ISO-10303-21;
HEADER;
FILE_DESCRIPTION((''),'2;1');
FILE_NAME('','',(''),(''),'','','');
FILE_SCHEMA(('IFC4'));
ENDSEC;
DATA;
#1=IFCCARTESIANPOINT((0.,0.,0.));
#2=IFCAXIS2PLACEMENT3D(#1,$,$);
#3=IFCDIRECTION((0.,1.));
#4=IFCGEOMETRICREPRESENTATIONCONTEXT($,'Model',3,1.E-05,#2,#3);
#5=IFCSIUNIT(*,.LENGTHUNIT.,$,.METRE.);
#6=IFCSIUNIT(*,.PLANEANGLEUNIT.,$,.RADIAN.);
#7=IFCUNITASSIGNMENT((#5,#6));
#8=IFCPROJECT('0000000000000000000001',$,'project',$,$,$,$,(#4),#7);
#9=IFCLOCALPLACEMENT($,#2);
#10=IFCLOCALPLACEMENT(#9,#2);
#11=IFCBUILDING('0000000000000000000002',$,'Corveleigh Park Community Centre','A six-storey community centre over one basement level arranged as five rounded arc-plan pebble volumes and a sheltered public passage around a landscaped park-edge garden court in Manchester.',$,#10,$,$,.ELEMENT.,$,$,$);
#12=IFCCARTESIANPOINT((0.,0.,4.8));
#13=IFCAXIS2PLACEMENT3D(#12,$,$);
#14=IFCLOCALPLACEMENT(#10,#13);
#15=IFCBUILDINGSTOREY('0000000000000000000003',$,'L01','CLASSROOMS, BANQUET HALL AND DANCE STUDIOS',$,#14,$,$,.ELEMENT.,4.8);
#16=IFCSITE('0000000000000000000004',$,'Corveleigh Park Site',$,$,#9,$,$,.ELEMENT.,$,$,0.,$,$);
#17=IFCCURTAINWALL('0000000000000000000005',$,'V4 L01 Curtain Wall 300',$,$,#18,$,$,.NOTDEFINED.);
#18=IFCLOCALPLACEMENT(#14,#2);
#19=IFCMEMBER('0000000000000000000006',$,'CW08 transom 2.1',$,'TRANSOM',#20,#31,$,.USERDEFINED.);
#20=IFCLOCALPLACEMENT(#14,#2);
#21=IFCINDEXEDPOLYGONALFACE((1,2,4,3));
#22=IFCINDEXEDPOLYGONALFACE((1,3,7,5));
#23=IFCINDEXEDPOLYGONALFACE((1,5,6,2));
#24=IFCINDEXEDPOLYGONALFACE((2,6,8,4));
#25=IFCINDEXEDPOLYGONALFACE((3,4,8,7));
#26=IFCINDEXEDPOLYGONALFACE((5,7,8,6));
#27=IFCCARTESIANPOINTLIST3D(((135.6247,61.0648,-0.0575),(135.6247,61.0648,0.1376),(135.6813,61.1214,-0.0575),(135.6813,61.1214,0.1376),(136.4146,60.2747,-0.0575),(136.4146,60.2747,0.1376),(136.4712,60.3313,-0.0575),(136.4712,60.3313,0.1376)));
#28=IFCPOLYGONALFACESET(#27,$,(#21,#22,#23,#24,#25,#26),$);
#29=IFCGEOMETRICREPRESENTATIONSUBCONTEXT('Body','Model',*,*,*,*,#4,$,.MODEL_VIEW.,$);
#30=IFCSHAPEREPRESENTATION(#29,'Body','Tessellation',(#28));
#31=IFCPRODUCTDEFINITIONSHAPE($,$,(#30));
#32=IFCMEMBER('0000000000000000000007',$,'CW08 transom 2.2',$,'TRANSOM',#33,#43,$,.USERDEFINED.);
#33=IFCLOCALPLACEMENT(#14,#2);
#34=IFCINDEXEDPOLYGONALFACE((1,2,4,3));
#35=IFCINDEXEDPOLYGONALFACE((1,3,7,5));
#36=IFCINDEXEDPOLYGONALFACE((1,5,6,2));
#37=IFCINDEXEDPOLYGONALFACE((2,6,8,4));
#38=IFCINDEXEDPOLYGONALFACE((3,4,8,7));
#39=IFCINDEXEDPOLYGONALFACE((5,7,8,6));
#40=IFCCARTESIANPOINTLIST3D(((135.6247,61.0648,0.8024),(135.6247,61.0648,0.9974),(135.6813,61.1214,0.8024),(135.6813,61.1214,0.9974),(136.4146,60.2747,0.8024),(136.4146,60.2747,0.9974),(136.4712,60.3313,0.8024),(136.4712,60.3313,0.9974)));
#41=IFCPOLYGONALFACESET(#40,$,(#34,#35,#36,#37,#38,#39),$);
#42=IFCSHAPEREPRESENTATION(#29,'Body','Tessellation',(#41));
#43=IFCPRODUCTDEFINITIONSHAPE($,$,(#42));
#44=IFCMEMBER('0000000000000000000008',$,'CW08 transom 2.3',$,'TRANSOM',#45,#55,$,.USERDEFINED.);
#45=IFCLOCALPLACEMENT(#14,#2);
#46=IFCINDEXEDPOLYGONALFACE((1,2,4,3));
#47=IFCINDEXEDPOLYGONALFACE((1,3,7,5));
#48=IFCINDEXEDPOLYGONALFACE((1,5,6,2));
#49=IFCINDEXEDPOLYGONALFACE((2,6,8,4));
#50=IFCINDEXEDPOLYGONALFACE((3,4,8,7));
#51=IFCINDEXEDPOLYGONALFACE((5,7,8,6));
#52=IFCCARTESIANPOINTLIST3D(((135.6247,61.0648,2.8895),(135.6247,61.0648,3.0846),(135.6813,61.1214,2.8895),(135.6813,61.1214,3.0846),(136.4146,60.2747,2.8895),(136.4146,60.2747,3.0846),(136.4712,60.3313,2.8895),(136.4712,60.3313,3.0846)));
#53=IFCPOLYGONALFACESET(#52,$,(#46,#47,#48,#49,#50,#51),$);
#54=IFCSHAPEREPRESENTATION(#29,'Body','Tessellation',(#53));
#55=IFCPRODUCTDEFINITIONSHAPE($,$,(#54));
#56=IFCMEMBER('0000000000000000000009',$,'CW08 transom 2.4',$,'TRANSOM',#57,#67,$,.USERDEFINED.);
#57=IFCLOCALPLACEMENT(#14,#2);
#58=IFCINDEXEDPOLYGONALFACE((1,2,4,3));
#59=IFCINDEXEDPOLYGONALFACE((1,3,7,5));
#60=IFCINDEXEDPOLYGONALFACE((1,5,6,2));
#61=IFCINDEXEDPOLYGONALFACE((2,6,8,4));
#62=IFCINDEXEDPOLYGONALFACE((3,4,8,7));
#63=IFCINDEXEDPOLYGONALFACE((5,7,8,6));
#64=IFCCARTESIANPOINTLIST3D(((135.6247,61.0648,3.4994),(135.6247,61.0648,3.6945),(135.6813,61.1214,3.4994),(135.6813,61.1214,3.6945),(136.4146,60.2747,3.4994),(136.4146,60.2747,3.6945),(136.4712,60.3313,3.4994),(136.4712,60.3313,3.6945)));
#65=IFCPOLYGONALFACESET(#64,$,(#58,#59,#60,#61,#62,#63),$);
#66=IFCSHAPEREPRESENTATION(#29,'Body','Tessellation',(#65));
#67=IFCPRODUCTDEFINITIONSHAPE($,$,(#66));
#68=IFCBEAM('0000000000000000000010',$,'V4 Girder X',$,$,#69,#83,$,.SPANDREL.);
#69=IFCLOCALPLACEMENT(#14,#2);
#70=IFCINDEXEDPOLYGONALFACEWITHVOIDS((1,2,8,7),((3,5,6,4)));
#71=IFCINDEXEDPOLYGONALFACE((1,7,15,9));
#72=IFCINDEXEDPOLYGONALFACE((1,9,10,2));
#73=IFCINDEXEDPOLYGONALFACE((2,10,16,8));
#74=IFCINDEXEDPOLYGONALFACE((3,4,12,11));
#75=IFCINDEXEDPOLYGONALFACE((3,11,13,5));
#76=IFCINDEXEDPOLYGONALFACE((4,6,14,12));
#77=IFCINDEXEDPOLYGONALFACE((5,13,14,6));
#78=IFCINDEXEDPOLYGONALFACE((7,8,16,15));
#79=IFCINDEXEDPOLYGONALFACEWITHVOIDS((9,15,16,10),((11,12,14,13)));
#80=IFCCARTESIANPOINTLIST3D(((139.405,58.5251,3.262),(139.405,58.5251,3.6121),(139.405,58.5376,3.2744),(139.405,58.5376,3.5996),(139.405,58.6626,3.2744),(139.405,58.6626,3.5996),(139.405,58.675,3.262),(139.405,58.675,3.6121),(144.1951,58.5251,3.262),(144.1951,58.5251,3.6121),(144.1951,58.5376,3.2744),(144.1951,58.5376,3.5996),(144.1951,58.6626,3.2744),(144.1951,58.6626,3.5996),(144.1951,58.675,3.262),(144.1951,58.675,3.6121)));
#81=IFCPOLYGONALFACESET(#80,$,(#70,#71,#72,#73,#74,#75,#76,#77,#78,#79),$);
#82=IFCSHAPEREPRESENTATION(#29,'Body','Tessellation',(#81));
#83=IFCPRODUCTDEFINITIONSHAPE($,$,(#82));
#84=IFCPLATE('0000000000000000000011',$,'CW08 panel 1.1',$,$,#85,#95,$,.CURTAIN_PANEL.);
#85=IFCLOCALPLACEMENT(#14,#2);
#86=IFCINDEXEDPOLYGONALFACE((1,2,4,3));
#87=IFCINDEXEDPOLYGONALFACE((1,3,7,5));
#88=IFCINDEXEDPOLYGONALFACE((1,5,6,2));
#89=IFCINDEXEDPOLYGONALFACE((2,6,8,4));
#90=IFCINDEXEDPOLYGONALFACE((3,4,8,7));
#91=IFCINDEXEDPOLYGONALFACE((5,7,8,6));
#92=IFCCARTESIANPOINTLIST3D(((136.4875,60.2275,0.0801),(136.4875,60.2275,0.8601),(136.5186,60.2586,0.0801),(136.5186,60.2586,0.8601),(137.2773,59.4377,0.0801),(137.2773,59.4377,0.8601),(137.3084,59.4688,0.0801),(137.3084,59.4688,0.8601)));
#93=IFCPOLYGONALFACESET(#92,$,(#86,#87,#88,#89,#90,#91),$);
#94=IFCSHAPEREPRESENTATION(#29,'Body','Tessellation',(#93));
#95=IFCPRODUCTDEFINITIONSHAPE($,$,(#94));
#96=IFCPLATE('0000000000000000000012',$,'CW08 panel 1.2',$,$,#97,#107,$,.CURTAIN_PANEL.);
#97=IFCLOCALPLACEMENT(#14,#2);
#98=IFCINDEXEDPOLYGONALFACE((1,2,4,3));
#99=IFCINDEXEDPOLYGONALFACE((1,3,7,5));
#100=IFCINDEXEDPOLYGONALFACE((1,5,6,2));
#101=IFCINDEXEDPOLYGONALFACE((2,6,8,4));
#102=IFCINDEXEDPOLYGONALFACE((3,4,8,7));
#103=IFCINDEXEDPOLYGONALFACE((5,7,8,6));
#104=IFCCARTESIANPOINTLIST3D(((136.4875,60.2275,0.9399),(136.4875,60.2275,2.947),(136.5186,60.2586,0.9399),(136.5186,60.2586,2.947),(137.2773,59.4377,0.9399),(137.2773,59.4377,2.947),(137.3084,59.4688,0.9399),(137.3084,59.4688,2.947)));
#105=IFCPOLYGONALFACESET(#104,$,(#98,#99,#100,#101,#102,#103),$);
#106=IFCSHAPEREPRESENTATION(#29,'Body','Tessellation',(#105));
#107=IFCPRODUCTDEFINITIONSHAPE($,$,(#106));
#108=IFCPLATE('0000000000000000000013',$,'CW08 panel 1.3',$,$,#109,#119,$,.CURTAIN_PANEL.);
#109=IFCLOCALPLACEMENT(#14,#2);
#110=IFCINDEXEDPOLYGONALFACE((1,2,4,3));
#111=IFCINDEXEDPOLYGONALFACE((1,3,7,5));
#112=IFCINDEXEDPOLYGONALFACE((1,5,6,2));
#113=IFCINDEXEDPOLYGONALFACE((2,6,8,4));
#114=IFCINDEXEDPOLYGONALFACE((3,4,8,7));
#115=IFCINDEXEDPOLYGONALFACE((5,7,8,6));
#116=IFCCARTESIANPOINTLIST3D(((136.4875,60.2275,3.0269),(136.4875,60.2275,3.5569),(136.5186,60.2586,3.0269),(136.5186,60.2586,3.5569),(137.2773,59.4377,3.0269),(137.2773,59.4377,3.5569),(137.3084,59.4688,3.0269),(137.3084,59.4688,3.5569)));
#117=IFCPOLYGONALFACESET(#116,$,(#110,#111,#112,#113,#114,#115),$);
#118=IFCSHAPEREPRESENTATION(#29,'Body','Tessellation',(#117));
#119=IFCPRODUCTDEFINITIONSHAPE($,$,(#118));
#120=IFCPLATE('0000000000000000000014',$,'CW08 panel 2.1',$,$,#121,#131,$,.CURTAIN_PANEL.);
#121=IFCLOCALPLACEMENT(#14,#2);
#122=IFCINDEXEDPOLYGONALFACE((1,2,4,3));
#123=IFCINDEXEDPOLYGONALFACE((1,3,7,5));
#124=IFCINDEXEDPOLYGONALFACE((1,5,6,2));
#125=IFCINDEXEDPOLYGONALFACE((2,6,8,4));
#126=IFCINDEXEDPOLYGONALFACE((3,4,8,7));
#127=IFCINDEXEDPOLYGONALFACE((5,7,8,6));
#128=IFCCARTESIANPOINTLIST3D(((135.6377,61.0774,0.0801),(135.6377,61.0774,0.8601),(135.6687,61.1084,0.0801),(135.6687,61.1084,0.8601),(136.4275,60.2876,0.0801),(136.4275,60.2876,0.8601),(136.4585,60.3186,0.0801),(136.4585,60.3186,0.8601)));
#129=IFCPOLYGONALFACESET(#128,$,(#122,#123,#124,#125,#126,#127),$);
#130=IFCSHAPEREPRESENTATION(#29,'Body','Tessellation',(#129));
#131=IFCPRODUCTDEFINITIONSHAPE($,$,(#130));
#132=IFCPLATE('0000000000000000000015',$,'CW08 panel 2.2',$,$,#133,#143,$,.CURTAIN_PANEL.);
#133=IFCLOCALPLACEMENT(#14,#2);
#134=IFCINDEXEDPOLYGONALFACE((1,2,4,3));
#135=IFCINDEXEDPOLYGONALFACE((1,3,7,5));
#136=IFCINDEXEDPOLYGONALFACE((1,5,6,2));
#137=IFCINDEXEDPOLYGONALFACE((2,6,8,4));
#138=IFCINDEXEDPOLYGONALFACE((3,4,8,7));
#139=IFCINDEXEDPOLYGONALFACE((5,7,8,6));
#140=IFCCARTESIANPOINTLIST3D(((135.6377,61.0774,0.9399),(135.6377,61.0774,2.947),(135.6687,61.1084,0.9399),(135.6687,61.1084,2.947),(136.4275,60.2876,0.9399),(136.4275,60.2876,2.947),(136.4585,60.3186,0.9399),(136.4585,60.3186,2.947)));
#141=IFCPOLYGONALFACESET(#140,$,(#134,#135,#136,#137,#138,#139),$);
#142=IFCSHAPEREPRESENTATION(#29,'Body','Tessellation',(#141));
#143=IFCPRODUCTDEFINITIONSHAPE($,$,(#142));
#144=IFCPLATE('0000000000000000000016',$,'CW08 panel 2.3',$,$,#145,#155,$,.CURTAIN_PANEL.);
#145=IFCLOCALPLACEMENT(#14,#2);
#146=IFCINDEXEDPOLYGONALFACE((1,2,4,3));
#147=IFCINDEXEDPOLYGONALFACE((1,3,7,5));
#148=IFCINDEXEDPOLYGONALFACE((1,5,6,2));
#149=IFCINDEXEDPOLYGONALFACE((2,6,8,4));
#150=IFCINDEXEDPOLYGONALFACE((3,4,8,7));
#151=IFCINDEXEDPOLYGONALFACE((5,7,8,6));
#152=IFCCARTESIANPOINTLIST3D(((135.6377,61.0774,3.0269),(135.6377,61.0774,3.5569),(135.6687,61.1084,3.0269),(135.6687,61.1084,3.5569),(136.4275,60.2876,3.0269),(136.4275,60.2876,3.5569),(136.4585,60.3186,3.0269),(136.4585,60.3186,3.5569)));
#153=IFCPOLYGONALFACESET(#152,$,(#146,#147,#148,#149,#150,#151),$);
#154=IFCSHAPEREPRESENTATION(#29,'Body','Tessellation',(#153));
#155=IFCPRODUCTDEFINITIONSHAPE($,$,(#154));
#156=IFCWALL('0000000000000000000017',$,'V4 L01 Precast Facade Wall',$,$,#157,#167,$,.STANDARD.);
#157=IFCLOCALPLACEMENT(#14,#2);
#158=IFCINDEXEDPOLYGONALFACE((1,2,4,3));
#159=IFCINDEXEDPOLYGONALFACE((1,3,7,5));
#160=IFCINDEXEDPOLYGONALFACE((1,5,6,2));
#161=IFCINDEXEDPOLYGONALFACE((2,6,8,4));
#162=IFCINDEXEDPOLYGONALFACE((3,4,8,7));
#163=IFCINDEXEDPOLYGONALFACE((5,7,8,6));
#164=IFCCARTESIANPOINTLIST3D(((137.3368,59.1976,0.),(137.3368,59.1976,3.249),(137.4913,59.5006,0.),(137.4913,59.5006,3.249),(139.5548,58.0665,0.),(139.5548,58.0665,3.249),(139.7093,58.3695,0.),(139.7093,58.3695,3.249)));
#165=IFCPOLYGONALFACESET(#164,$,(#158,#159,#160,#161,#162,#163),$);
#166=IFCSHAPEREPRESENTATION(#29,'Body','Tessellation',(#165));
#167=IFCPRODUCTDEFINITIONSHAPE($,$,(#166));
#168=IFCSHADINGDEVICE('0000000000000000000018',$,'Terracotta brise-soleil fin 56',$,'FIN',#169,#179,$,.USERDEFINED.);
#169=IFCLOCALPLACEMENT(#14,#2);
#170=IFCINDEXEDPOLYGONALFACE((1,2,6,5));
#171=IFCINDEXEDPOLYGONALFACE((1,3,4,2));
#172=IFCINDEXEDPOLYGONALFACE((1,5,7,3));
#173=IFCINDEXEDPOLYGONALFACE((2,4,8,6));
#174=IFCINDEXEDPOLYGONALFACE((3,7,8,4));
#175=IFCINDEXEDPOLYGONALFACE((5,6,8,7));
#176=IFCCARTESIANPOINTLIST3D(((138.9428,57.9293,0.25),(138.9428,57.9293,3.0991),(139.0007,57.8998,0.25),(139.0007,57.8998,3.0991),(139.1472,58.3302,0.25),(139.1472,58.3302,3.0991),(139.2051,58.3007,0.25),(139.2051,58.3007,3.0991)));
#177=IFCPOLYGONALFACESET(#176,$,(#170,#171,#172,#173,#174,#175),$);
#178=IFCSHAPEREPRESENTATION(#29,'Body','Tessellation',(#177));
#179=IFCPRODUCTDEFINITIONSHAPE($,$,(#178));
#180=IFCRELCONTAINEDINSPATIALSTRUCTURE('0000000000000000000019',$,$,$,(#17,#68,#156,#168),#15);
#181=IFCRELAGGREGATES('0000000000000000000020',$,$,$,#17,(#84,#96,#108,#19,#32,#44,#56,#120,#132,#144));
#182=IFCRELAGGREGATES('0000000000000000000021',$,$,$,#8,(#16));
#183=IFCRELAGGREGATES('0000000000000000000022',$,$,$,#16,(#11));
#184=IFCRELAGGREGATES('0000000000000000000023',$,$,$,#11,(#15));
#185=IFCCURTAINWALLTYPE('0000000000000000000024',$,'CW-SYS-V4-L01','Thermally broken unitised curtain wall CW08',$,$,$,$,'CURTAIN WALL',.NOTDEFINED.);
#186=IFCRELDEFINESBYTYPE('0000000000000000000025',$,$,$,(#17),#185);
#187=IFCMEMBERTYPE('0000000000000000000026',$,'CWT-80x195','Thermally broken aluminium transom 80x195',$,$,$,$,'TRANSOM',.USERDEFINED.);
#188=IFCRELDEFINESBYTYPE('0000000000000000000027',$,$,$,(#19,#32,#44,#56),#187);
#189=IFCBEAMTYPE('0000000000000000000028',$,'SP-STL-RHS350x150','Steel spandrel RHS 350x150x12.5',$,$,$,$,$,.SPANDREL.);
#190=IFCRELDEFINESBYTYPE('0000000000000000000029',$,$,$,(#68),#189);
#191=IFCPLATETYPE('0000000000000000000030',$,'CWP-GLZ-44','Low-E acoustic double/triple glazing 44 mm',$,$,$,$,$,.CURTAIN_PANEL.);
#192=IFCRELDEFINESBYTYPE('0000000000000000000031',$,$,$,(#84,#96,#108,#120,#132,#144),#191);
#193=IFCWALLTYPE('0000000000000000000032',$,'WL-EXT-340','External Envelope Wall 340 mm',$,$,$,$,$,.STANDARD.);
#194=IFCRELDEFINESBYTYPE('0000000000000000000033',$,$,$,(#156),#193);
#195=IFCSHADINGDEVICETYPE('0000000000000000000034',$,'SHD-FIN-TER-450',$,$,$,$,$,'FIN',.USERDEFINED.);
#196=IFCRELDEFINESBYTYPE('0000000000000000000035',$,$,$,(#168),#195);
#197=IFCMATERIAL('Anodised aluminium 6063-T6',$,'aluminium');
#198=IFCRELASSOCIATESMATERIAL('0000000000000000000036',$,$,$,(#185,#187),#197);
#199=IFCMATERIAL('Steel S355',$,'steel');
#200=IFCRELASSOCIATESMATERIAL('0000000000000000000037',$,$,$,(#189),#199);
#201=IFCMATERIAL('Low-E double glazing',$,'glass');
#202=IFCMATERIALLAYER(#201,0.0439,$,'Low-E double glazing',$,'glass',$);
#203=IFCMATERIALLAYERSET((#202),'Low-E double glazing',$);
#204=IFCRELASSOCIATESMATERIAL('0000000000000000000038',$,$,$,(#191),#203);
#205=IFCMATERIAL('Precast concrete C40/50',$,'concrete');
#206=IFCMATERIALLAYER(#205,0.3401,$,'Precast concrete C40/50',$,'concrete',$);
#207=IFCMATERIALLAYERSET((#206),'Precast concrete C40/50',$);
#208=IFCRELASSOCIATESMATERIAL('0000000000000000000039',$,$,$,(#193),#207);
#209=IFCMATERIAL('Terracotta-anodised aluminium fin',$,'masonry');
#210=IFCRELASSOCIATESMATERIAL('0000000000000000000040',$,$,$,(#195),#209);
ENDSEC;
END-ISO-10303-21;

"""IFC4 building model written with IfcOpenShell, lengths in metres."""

from ifc_helpers import new_model, si_unit, direction, frame, frame_2d, origin, origin_2d, place, context, subcontext, project, spatial, rectangle, hollow_rectangle, extrude, material, layer, layer_set, material_profile, profile_set, type_object, element, aggregate, save


model = new_model("IFC4")

# Units and contexts
model_context = context("Model", 3, precision=1e-05, world=origin(), true_north=direction((0.0, 1.0)))
body_context = subcontext(model_context, "Body", "Model", "MODEL_VIEW")
ifc_project = project(units=[si_unit("LENGTHUNIT", "METRE"), si_unit("PLANEANGLEUNIT", "RADIAN")], contexts=[model_context])

# Site, building, storey
site_placement = place(None, origin())
site = spatial("IfcSite", under=ifc_project, at=site_placement, Name="Corveleigh Park Site", CompositionType="ELEMENT", RefElevation=0.0)
building_placement = place(site_placement, origin())
building = spatial("IfcBuilding", under=site, at=building_placement, Name="Corveleigh Park Community Centre", Description="A six-storey community centre over one basement level arranged as five rounded arc-plan pebble volumes and a sheltered public passage around a landscaped park-edge garden court in Manchester.", CompositionType="ELEMENT")
storey_placement = place(building_placement, frame((0.0, 0.0, 4.8)))
storey = spatial("IfcBuildingStorey", under=building, at=storey_placement, Name="L01", Description="CLASSROOMS, BANQUET HALL AND DANCE STUDIOS", CompositionType="ELEMENT", Elevation=4.8)

# Shared definitions
ifc_material_1 = material(Name="Steel S355", Category="steel")

# Curtain wall, members
ifc_material_2 = material(Name="Anodised aluminium 6063-T6", Category="aluminium")
curtain_wall_type = type_object("IfcCurtainWallType", Name="CW-SYS-V4-L01", Description="Thermally broken unitised curtain wall CW08", ElementType="CURTAIN WALL", PredefinedType="NOTDEFINED", material=ifc_material_2)
curtain_wall_placement = place(storey_placement, origin())
curtain_wall = element("IfcCurtainWall", 1, at=curtain_wall_placement, inside=storey, type_object=curtain_wall_type, Name="V4 L01 Curtain Wall 300", PredefinedType="NOTDEFINED")
ifc_material_profile_1 = material_profile(ifc_material_2, rectangle(XDim=0.0801, YDim=0.1951, at=origin_2d()), Name="ALU-T80x195", Category="aluminium")
ifc_profile_set_1 = profile_set([ifc_material_profile_1], Name="Anodised aluminium 6063-T6")
member_type_1 = type_object("IfcMemberType", Name="CWT-80x195", Description="Thermally broken aluminium transom 80x195", ElementType="TRANSOM", PredefinedType="USERDEFINED", material=ifc_profile_set_1)
member_1_placement = place(storey_placement, frame((136.4429, 60.303, 0.04), z_axis=(-0.706997, 0.707216, 0.0), x_axis=(-0.707216, -0.706997, 0.0)))
member_1 = element("IfcMember", 2, at=member_1_placement, type_object=member_type_1, Name="CW08 transom 2.1", ObjectType="TRANSOM", PredefinedType="USERDEFINED", context=body_context, shape_type="SweptSolid", body=[
    extrude(rectangle(XDim=0.0801, YDim=0.1951, at=origin_2d()), origin(), (0.0, 0.0, 1.0), 1.1172),
])
member_2_placement = place(storey_placement, frame((136.4429, 60.303, 0.8999), z_axis=(-0.706997, 0.707216, 0.0), x_axis=(-0.707216, -0.706997, 0.0)))
member_2 = element("IfcMember", 3, at=member_2_placement, type_object=member_type_1, Name="CW08 transom 2.2", ObjectType="TRANSOM", PredefinedType="USERDEFINED", context=body_context, shape_type="SweptSolid", body=[
    extrude(rectangle(XDim=0.0801, YDim=0.1951, at=origin_2d()), origin(), (0.0, 0.0, 1.0), 1.1172),
])
member_3_placement = place(storey_placement, frame((136.4429, 60.303, 2.9871), z_axis=(-0.706997, 0.707216, 0.0), x_axis=(-0.707216, -0.706997, 0.0)))
member_3 = element("IfcMember", 4, at=member_3_placement, type_object=member_type_1, Name="CW08 transom 2.3", ObjectType="TRANSOM", PredefinedType="USERDEFINED", context=body_context, shape_type="SweptSolid", body=[
    extrude(rectangle(XDim=0.0801, YDim=0.1951, at=origin_2d()), origin(), (0.0, 0.0, 1.0), 1.1172),
])
member_4_placement = place(storey_placement, frame((136.4429, 60.303, 3.5969), z_axis=(-0.706997, 0.707216, 0.0), x_axis=(-0.707216, -0.706997, 0.0)))
member_4 = element("IfcMember", 5, at=member_4_placement, type_object=member_type_1, Name="CW08 transom 2.4", ObjectType="TRANSOM", PredefinedType="USERDEFINED", context=body_context, shape_type="SweptSolid", body=[
    extrude(rectangle(XDim=0.0801, YDim=0.1951, at=origin_2d()), origin(), (0.0, 0.0, 1.0), 1.1172),
])

# Beam
ifc_material_profile_2 = material_profile(ifc_material_1, hollow_rectangle(XDim=0.1499, YDim=0.3501, WallThickness=0.0125, at=origin_2d()), Name="RHS 350x150x12.5", Category="steel")
ifc_profile_set_2 = profile_set([ifc_material_profile_2], Name="Steel S355")
beam_type_1 = type_object("IfcBeamType", Name="SP-STL-RHS350x150", Description="Steel spandrel RHS 350x150x12.5", PredefinedType="SPANDREL", material=ifc_profile_set_2)
beam_1_placement = place(storey_placement, frame((139.405, 58.6001, 3.437), z_axis=(1.0, 0.0, 0.0), x_axis=(0.0, 1.0, 0.0)))
element("IfcBeam", 6, at=beam_1_placement, inside=storey, type_object=beam_type_1, Name="V4 Girder X", PredefinedType="SPANDREL", context=body_context, shape_type="SweptSolid", body=[
    extrude(hollow_rectangle(XDim=0.1499, YDim=0.3501, WallThickness=0.0125, at=origin_2d()), origin(), (0.0, 0.0, 1.0), 4.79),
])

# Plates
ifc_material_3 = material(Name="Low-E double glazing", Category="glass")
ifc_layer_1 = layer(ifc_material_3, 0.0439, Name="Low-E double glazing", Category="glass")
ifc_layer_set_1 = layer_set([ifc_layer_1], Name="Low-E double glazing")
plate_type = type_object("IfcPlateType", Name="CWP-GLZ-44", Description="Low-E acoustic double/triple glazing 44 mm", PredefinedType="CURTAIN_PANEL", material=ifc_layer_set_1)
plate_1_placement = place(storey_placement, frame((136.8979, 59.8481, 0.0801), z_axis=(0.0, 0.0, 1.0), x_axis=(-0.707107, 0.707107, 0.0)))
plate_1 = element("IfcPlate", 7, at=plate_1_placement, type_object=plate_type, Name="CW08 panel 1.1", PredefinedType="CURTAIN_PANEL", context=body_context, shape_type="SweptSolid", body=[
    extrude(rectangle(XDim=1.1169, YDim=0.0439, at=origin_2d()), origin(), (0.0, 0.0, 1.0), 0.78),
])
plate_2_placement = place(storey_placement, frame((136.8979, 59.8481, 0.9399), z_axis=(0.0, 0.0, 1.0), x_axis=(-0.707107, 0.707107, 0.0)))
plate_2 = element("IfcPlate", 8, at=plate_2_placement, type_object=plate_type, Name="CW08 panel 1.2", PredefinedType="CURTAIN_PANEL", context=body_context, shape_type="SweptSolid", body=[
    extrude(rectangle(XDim=1.1169, YDim=0.0439, at=origin_2d()), origin(), (0.0, 0.0, 1.0), 2.0071),
])
plate_3_placement = place(storey_placement, frame((136.8979, 59.8481, 3.0269), z_axis=(0.0, 0.0, 1.0), x_axis=(-0.707107, 0.707107, 0.0)))
plate_3 = element("IfcPlate", 9, at=plate_3_placement, type_object=plate_type, Name="CW08 panel 1.3", PredefinedType="CURTAIN_PANEL", context=body_context, shape_type="SweptSolid", body=[
    extrude(rectangle(XDim=1.1169, YDim=0.0439, at=origin_2d()), origin(), (0.0, 0.0, 1.0), 0.53),
])
plate_4_placement = place(storey_placement, frame((136.0481, 60.698, 0.0801), z_axis=(0.0, 0.0, 1.0), x_axis=(-0.707107, 0.707107, 0.0)))
plate_4 = element("IfcPlate", 10, at=plate_4_placement, type_object=plate_type, Name="CW08 panel 2.1", PredefinedType="CURTAIN_PANEL", context=body_context, shape_type="SweptSolid", body=[
    extrude(rectangle(XDim=1.1169, YDim=0.0439, at=origin_2d()), origin(), (0.0, 0.0, 1.0), 0.78),
])
plate_5_placement = place(storey_placement, frame((136.0481, 60.698, 0.9399), z_axis=(0.0, 0.0, 1.0), x_axis=(-0.707107, 0.707107, 0.0)))
plate_5 = element("IfcPlate", 11, at=plate_5_placement, type_object=plate_type, Name="CW08 panel 2.2", PredefinedType="CURTAIN_PANEL", context=body_context, shape_type="SweptSolid", body=[
    extrude(rectangle(XDim=1.1169, YDim=0.0439, at=origin_2d()), origin(), (0.0, 0.0, 1.0), 2.0071),
])
plate_6_placement = place(storey_placement, frame((136.0481, 60.698, 3.0269), z_axis=(0.0, 0.0, 1.0), x_axis=(-0.707107, 0.707107, 0.0)))
plate_6 = element("IfcPlate", 12, at=plate_6_placement, type_object=plate_type, Name="CW08 panel 2.3", PredefinedType="CURTAIN_PANEL", context=body_context, shape_type="SweptSolid", body=[
    extrude(rectangle(XDim=1.1169, YDim=0.0439, at=origin_2d()), origin(), (0.0, 0.0, 1.0), 0.53),
])
aggregate(curtain_wall, [plate_1, plate_2, plate_3, member_1, member_2, member_3, member_4, plate_4, plate_5, plate_6])

# Wall
ifc_material_4 = material(Name="Precast concrete C40/50", Category="concrete")
ifc_layer_2 = layer(ifc_material_4, 0.3401, Name="Precast concrete C40/50", Category="concrete")
ifc_layer_set_2 = layer_set([ifc_layer_2], Name="Precast concrete C40/50")
wall_type = type_object("IfcWallType", Name="WL-EXT-340", Description="External Envelope Wall 340 mm", PredefinedType="STANDARD", material=ifc_layer_set_2)
wall_placement = place(storey_placement, frame((139.6321, 58.218, 0.0), z_axis=(0.0, 0.0, 1.0), x_axis=(-0.890849, 0.454299, 0.0)))
element("IfcWall", 13, at=wall_placement, inside=storey, type_object=wall_type, Name="V4 L01 Precast Facade Wall", PredefinedType="STANDARD", context=body_context, shape_type="SweptSolid", body=[
    extrude(rectangle(XDim=2.4897, YDim=0.3401, at=frame_2d((1.2449, 0.0))), origin(), (0.0, 0.0, 1.0), 3.249),
])

# Shading device
ifc_material_5 = material(Name="Terracotta-anodised aluminium fin", Category="masonry")
shading_device_type = type_object("IfcShadingDeviceType", Name="SHD-FIN-TER-450", ElementType="FIN", PredefinedType="USERDEFINED", material=ifc_material_5)
shading_device_1_placement = place(storey_placement, frame((139.074, 58.115, 0.25), z_axis=(0.0, 0.0, 1.0), x_axis=(-0.454269, -0.890865, 0.0)))
element("IfcShadingDevice", 14, at=shading_device_1_placement, inside=storey, type_object=shading_device_type, Name="Terracotta brise-soleil fin 56", ObjectType="FIN", PredefinedType="USERDEFINED", context=body_context, shape_type="SweptSolid", body=[
    extrude(rectangle(XDim=0.45, YDim=0.0649, at=origin_2d()), origin(), (0.0, 0.0, 1.0), 2.8491),
])

save(model, "model.ifc")
